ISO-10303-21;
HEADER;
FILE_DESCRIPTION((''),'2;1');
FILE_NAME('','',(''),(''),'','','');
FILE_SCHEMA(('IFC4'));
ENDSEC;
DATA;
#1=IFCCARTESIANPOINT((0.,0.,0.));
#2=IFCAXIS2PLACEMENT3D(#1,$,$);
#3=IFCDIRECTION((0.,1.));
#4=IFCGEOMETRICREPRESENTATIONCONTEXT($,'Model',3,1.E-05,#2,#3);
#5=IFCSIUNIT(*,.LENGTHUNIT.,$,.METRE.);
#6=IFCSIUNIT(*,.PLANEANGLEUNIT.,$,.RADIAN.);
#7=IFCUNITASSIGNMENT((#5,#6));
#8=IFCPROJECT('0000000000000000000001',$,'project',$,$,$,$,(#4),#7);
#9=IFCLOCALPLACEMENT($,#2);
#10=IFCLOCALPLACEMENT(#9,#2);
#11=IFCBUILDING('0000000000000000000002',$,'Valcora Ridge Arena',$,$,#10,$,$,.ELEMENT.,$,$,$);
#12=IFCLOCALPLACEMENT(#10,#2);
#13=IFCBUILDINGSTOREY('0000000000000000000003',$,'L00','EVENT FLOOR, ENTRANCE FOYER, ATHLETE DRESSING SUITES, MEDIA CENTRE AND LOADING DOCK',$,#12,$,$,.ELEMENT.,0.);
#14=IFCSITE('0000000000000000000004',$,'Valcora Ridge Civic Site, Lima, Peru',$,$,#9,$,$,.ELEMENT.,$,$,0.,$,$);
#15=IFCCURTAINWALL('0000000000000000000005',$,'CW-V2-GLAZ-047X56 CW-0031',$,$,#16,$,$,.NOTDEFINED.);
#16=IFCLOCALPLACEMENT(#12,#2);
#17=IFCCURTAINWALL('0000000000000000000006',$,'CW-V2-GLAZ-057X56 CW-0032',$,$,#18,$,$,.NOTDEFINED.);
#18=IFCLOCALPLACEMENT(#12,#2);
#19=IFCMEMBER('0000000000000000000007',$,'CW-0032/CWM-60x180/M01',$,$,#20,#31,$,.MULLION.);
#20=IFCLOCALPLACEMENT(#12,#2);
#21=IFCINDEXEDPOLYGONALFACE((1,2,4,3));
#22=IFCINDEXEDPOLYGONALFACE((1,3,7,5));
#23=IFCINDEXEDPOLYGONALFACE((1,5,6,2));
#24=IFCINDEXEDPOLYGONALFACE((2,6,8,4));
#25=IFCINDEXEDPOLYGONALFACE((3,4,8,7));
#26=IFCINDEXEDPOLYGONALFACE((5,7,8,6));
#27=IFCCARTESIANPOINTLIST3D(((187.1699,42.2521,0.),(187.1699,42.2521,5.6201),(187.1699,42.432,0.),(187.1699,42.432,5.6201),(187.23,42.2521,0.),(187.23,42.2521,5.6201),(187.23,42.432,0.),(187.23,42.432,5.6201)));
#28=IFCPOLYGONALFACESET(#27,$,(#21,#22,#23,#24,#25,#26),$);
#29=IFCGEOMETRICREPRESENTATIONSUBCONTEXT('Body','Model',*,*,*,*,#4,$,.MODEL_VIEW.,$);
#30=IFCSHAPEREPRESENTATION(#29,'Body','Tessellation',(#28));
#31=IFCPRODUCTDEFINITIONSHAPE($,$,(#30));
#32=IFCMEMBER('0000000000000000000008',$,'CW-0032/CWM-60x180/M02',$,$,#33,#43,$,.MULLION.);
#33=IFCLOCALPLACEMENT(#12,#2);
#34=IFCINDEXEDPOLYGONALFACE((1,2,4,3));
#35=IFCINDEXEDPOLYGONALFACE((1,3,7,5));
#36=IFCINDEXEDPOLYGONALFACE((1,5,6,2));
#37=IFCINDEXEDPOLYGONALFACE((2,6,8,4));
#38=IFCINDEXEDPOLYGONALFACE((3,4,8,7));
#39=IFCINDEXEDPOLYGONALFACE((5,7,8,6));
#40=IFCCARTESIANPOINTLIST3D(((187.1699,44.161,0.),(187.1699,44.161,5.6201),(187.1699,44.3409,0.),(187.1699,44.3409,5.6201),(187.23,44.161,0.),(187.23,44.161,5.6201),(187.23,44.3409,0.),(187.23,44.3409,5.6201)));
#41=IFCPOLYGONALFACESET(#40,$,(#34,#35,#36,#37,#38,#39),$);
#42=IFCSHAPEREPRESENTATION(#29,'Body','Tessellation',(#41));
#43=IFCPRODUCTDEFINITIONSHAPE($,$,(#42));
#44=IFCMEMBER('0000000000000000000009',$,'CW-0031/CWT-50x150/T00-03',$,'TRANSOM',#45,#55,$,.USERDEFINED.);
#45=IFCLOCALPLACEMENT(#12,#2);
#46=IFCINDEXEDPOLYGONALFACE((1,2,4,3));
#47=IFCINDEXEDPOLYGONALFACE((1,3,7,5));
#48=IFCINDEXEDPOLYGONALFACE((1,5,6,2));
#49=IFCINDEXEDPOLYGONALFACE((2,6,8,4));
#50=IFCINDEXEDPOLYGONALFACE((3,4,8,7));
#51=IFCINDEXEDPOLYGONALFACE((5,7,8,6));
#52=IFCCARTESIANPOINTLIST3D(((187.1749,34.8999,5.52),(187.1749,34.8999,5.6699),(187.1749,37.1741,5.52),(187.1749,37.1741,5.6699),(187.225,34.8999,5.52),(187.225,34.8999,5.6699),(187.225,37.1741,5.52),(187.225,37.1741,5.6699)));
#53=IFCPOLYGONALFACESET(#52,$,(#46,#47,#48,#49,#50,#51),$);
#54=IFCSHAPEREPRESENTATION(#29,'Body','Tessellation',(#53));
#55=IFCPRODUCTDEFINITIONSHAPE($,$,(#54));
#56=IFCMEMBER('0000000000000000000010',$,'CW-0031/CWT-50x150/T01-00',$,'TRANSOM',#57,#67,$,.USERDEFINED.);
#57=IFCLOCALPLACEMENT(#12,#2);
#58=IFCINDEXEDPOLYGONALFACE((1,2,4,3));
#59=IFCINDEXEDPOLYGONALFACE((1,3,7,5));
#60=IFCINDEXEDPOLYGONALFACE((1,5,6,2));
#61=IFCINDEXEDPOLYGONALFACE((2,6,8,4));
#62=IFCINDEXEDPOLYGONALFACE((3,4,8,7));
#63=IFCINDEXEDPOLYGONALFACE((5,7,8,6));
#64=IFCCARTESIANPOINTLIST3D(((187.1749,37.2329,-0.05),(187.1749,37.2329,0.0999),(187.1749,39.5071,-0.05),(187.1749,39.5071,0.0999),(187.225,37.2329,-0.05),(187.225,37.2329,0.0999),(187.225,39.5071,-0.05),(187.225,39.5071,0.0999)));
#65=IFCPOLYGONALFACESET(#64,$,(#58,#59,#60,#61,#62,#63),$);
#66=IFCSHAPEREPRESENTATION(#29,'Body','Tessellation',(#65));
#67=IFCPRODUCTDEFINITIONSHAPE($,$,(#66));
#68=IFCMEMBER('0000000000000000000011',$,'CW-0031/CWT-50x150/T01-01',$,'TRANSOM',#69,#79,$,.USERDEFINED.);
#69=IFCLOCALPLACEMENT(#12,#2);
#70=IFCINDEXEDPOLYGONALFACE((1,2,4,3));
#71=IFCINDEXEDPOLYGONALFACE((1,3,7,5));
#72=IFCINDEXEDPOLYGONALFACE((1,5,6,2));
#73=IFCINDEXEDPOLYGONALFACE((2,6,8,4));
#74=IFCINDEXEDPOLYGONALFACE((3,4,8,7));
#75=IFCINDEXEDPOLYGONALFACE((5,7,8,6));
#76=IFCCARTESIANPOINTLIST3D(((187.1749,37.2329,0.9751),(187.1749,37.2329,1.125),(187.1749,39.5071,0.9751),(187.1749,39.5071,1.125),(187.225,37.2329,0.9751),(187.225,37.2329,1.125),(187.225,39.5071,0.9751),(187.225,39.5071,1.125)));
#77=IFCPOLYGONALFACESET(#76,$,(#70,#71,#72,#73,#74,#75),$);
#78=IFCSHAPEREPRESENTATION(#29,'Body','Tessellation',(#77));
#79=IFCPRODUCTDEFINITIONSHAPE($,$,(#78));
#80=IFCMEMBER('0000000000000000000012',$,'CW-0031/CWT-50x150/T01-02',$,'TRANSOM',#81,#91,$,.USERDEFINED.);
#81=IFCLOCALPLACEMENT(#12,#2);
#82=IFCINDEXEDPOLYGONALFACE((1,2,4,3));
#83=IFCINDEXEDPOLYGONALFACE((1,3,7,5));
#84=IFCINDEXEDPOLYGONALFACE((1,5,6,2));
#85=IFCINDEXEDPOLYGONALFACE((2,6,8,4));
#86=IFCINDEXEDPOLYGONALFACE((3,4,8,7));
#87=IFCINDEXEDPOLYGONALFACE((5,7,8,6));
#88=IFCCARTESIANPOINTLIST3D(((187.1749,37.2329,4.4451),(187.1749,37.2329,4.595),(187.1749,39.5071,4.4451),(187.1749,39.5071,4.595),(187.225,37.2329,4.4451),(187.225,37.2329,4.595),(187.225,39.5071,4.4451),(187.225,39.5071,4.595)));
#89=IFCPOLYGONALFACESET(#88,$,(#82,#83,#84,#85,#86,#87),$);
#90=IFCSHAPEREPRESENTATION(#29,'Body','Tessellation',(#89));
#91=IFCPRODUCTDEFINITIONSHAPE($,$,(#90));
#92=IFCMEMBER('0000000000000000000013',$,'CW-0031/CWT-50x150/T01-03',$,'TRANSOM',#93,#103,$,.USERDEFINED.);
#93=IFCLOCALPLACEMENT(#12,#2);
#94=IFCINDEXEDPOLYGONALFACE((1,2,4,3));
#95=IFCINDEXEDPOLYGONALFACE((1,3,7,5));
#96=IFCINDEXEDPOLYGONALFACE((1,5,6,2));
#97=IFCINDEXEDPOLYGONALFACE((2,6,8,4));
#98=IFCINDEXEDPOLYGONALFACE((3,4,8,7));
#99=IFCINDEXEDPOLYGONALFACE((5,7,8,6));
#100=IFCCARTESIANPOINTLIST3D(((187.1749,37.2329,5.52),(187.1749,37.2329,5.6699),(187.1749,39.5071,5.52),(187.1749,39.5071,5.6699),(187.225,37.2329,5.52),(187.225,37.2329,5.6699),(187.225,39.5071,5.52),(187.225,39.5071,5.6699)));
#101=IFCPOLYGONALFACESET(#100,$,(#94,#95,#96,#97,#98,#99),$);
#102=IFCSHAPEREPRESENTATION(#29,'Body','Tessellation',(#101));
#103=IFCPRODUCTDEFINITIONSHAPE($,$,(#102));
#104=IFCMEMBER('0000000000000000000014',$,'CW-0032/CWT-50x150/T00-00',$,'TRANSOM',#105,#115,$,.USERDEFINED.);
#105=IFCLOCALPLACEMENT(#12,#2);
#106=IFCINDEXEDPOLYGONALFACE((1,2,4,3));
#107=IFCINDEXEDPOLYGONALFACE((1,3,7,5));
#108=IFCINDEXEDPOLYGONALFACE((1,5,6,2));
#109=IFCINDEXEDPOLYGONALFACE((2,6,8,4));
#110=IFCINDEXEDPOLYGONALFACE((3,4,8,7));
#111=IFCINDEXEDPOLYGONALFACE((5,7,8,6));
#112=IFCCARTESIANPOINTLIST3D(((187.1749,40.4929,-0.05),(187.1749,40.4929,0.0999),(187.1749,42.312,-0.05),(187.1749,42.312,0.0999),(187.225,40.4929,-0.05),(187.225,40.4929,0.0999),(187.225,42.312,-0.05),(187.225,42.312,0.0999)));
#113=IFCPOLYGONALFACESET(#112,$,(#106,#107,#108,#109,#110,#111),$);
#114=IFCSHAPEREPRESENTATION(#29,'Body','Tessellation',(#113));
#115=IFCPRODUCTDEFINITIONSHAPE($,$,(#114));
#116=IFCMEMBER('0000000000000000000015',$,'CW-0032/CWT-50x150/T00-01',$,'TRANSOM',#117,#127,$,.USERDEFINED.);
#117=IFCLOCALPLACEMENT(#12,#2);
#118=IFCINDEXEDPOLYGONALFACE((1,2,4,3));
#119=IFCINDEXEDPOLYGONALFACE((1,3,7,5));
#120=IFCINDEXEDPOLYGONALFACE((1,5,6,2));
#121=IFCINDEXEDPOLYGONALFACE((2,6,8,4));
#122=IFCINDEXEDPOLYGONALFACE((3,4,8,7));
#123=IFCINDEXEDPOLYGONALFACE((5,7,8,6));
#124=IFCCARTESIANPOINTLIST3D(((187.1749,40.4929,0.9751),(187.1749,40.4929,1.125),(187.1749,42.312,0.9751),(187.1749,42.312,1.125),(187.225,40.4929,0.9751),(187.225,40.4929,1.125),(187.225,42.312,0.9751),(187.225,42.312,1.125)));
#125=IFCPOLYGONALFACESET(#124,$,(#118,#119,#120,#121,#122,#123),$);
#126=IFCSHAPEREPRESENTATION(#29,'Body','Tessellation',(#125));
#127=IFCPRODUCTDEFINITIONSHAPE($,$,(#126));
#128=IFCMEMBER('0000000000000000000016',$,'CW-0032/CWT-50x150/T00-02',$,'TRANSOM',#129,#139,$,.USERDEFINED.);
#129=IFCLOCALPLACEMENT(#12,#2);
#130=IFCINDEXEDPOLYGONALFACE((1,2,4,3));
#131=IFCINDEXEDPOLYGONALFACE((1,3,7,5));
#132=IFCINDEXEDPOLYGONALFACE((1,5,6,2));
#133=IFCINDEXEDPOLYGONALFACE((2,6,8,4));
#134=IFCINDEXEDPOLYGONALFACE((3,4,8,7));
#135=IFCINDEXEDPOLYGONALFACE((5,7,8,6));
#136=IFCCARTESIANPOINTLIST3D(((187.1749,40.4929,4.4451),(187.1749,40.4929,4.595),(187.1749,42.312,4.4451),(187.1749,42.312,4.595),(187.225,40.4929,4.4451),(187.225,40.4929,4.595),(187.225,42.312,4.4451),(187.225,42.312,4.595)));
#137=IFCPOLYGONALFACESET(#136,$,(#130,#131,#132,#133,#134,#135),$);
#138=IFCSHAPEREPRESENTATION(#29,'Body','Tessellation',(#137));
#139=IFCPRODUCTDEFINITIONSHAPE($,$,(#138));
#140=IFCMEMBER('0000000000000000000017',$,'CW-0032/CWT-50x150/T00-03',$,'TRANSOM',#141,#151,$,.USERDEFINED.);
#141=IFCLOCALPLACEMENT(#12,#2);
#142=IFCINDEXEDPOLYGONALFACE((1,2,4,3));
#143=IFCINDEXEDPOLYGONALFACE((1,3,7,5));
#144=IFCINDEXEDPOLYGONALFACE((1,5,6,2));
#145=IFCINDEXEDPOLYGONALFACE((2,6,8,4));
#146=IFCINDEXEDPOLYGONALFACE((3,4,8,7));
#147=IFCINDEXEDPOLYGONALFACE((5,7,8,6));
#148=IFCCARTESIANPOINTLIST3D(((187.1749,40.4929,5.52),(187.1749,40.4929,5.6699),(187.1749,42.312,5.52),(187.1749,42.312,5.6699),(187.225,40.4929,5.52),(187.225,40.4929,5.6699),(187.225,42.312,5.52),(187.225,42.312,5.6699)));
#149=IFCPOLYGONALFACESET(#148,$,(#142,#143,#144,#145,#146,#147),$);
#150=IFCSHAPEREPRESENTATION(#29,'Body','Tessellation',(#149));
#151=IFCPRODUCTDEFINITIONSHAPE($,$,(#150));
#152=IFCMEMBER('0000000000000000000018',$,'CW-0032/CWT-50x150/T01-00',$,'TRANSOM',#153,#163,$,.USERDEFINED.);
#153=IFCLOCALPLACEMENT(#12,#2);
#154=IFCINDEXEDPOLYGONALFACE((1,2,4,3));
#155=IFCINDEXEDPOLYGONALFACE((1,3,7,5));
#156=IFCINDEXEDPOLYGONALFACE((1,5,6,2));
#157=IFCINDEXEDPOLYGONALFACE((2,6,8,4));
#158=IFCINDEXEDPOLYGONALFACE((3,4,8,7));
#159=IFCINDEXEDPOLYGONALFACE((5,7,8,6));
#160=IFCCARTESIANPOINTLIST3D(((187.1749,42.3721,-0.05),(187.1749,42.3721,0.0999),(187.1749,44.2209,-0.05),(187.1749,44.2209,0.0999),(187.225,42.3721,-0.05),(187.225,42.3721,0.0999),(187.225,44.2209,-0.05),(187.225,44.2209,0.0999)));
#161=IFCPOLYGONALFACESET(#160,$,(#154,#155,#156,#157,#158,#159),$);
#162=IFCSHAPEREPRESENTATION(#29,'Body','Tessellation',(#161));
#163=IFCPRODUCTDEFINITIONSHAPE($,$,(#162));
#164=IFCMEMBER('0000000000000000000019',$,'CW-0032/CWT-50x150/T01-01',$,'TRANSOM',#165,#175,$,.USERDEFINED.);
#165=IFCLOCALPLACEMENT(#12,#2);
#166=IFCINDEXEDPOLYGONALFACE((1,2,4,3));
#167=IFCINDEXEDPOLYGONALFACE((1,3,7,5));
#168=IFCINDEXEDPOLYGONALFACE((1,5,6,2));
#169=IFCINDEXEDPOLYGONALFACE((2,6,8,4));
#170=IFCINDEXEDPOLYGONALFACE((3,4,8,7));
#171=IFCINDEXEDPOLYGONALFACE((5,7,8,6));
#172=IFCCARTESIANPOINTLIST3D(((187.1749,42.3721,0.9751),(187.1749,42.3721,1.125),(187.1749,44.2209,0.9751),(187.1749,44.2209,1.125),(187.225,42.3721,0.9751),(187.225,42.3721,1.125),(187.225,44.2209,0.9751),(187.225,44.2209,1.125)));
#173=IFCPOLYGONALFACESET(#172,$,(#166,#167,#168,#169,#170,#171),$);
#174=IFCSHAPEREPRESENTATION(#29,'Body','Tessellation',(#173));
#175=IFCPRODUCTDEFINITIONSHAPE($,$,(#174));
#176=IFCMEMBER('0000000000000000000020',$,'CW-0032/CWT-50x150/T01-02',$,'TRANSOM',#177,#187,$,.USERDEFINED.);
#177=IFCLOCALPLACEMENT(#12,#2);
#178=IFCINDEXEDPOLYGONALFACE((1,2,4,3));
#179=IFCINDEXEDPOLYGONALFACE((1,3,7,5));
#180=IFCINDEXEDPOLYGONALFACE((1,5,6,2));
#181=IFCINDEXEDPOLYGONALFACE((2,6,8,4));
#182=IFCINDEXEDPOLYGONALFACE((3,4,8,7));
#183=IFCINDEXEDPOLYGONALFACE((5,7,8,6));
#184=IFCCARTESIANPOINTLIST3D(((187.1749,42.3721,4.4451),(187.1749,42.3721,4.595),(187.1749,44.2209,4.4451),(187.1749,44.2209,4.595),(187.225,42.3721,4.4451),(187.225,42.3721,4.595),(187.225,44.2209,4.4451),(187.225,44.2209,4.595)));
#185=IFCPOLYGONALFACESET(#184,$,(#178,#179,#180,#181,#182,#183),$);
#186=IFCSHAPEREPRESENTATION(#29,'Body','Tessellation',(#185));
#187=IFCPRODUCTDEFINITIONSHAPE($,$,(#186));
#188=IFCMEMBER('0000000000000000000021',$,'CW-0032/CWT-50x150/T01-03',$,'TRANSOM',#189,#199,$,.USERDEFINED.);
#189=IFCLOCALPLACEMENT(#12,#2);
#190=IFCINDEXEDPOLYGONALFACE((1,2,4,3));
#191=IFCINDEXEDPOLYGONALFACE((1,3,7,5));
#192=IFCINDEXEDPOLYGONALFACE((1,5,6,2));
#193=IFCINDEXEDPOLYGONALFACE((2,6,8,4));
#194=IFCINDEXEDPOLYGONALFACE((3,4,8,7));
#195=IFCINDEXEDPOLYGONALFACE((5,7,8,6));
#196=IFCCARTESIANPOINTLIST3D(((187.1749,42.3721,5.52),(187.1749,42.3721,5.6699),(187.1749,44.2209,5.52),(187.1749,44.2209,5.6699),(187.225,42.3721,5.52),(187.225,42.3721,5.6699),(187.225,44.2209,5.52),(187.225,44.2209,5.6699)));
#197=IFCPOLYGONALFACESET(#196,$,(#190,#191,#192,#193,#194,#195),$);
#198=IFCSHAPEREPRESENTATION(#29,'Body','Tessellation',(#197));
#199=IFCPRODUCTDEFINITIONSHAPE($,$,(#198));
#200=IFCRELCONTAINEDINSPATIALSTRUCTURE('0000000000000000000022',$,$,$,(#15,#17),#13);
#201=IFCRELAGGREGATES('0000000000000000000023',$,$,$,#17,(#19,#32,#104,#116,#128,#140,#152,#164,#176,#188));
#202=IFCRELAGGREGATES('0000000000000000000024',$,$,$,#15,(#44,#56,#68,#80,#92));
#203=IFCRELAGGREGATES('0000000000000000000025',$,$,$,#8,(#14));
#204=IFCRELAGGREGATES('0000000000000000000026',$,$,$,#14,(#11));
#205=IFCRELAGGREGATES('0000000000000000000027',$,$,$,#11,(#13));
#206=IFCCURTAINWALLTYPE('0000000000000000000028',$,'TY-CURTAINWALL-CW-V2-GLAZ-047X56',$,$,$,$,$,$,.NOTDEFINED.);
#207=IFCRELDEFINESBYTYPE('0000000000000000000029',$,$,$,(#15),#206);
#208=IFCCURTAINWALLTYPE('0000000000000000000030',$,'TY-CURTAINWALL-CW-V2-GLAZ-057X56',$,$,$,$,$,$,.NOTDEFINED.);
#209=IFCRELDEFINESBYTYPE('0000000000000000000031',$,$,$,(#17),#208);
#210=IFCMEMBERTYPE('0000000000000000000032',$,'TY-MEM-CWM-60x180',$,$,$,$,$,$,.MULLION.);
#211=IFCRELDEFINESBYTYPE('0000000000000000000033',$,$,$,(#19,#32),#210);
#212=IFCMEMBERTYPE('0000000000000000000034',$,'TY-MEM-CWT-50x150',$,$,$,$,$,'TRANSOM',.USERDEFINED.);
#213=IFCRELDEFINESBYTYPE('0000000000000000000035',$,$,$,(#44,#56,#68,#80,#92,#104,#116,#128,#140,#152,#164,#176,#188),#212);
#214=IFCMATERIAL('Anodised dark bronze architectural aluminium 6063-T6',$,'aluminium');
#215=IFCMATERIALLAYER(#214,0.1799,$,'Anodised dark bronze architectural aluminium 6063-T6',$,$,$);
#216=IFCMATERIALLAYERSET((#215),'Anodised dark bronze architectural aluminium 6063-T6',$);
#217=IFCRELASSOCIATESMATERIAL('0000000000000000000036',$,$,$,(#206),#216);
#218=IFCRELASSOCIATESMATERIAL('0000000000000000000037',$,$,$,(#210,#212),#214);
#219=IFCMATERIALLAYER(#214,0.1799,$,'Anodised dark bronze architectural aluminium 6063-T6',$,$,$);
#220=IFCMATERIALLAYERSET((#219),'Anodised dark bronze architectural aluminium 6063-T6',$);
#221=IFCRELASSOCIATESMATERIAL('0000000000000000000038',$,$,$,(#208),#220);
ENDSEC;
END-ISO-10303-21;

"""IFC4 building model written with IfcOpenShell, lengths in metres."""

from ifc_helpers import new_model, si_unit, direction, frame, origin, origin_2d, place, context, subcontext, project, spatial, rectangle, extrude, material, layer, layer_set, material_profile, profile_set, type_object, element, aggregate, save


model = new_model("IFC4")

# Units and contexts
model_context = context("Model", 3, precision=1e-05, world=origin(), true_north=direction((0.0, 1.0)))
body_context = subcontext(model_context, "Body", "Model", "MODEL_VIEW")
ifc_project = project(units=[si_unit("LENGTHUNIT", "METRE"), si_unit("PLANEANGLEUNIT", "RADIAN")], contexts=[model_context])

# Site, building, storey
site_placement = place(None, origin())
site = spatial("IfcSite", under=ifc_project, at=site_placement, Name="Valcora Ridge Civic Site, Lima, Peru", CompositionType="ELEMENT", RefElevation=0.0)
building_placement = place(site_placement, origin())
building = spatial("IfcBuilding", under=site, at=building_placement, Name="Valcora Ridge Arena", CompositionType="ELEMENT")
storey_placement = place(building_placement, origin())
storey = spatial("IfcBuildingStorey", under=building, at=storey_placement, Name="L00", Description="EVENT FLOOR, ENTRANCE FOYER, ATHLETE DRESSING SUITES, MEDIA CENTRE AND LOADING DOCK", CompositionType="ELEMENT", Elevation=0.0)

# Curtain walls, members
ifc_material_1 = material(Name="Anodised dark bronze architectural aluminium 6063-T6", Category="aluminium")
ifc_layer_1 = layer(ifc_material_1, 0.1799, Name="Anodised dark bronze architectural aluminium 6063-T6")
ifc_layer_set_1 = layer_set([ifc_layer_1], Name="Anodised dark bronze architectural aluminium 6063-T6")
curtain_wall_type_1 = type_object("IfcCurtainWallType", Name="TY-CURTAINWALL-CW-V2-GLAZ-047X56", PredefinedType="NOTDEFINED", material=ifc_layer_set_1)
curtain_wall_1_placement = place(storey_placement, origin())
curtain_wall_1 = element("IfcCurtainWall", 1, at=curtain_wall_1_placement, inside=storey, type_object=curtain_wall_type_1, Name="CW-V2-GLAZ-047X56 CW-0031", PredefinedType="NOTDEFINED")
ifc_material_profile_1 = material_profile(ifc_material_1, rectangle(XDim=0.0601, YDim=0.1799, at=origin_2d()), Name="ALU MULLION 60x180")
ifc_profile_set_1 = profile_set([ifc_material_profile_1], Name="Anodised dark bronze architectural aluminium 6063-T6")
member_type_1 = type_object("IfcMemberType", Name="TY-MEM-CWM-60x180", PredefinedType="MULLION", material=ifc_profile_set_1)
ifc_layer_2 = layer(ifc_material_1, 0.1799, Name="Anodised dark bronze architectural aluminium 6063-T6")
ifc_layer_set_2 = layer_set([ifc_layer_2], Name="Anodised dark bronze architectural aluminium 6063-T6")
curtain_wall_type_2 = type_object("IfcCurtainWallType", Name="TY-CURTAINWALL-CW-V2-GLAZ-057X56", PredefinedType="NOTDEFINED", material=ifc_layer_set_2)
curtain_wall_2_placement = place(storey_placement, origin())
curtain_wall_2 = element("IfcCurtainWall", 2, at=curtain_wall_2_placement, inside=storey, type_object=curtain_wall_type_2, Name="CW-V2-GLAZ-057X56 CW-0032", PredefinedType="NOTDEFINED")
member_1_placement = place(storey_placement, frame((187.2, 42.342, 0.0), z_axis=(0.0, 0.0, 1.0), x_axis=(-1.0, 0.0, 0.0)))
member_1 = element("IfcMember", 3, at=member_1_placement, type_object=member_type_1, Name="CW-0032/CWM-60x180/M01", PredefinedType="MULLION", context=body_context, shape_type="SweptSolid", body=[
    extrude(rectangle(XDim=0.0601, YDim=0.1799, at=origin_2d()), origin(), (0.0, 0.0, 1.0), 5.6201),
])
member_2_placement = place(storey_placement, frame((187.2, 44.251, 0.0), z_axis=(0.0, 0.0, 1.0), x_axis=(-1.0, 0.0, 0.0)))
member_2 = element("IfcMember", 4, at=member_2_placement, type_object=member_type_1, Name="CW-0032/CWM-60x180/M02", PredefinedType="MULLION", context=body_context, shape_type="SweptSolid", body=[
    extrude(rectangle(XDim=0.0601, YDim=0.1799, at=origin_2d()), origin(), (0.0, 0.0, 1.0), 5.6201),
])

# Members
ifc_material_profile_2 = material_profile(ifc_material_1, rectangle(XDim=0.05, YDim=0.1499, at=origin_2d()), Name="ALU TRANSOM 50x150")
ifc_profile_set_2 = profile_set([ifc_material_profile_2], Name="Anodised dark bronze architectural aluminium 6063-T6")
member_type_2 = type_object("IfcMemberType", Name="TY-MEM-CWT-50x150", ElementType="TRANSOM", PredefinedType="USERDEFINED", material=ifc_profile_set_2)
member_3_placement = place(storey_placement, frame((187.2, 34.8999, 5.595), z_axis=(0.0, 1.0, 0.0), x_axis=(-1.0, 0.0, 0.0)))
member_3 = element("IfcMember", 5, at=member_3_placement, type_object=member_type_2, Name="CW-0031/CWT-50x150/T00-03", ObjectType="TRANSOM", PredefinedType="USERDEFINED", context=body_context, shape_type="SweptSolid", body=[
    extrude(rectangle(XDim=0.05, YDim=0.1499, at=origin_2d()), origin(), (0.0, 0.0, 1.0), 2.2742),
])
member_4_placement = place(storey_placement, frame((187.2, 37.2329, 0.0249), z_axis=(0.0, 1.0, 0.0), x_axis=(-1.0, 0.0, 0.0)))
member_4 = element("IfcMember", 6, at=member_4_placement, type_object=member_type_2, Name="CW-0031/CWT-50x150/T01-00", ObjectType="TRANSOM", PredefinedType="USERDEFINED", context=body_context, shape_type="SweptSolid", body=[
    extrude(rectangle(XDim=0.05, YDim=0.1499, at=origin_2d()), origin(), (0.0, 0.0, 1.0), 2.2742),
])
member_5_placement = place(storey_placement, frame((187.2, 37.2329, 1.05), z_axis=(0.0, 1.0, 0.0), x_axis=(-1.0, 0.0, 0.0)))
member_5 = element("IfcMember", 7, at=member_5_placement, type_object=member_type_2, Name="CW-0031/CWT-50x150/T01-01", ObjectType="TRANSOM", PredefinedType="USERDEFINED", context=body_context, shape_type="SweptSolid", body=[
    extrude(rectangle(XDim=0.05, YDim=0.1499, at=origin_2d()), origin(), (0.0, 0.0, 1.0), 2.2742),
])
member_6_placement = place(storey_placement, frame((187.2, 37.2329, 4.52), z_axis=(0.0, 1.0, 0.0), x_axis=(-1.0, 0.0, 0.0)))
member_6 = element("IfcMember", 8, at=member_6_placement, type_object=member_type_2, Name="CW-0031/CWT-50x150/T01-02", ObjectType="TRANSOM", PredefinedType="USERDEFINED", context=body_context, shape_type="SweptSolid", body=[
    extrude(rectangle(XDim=0.05, YDim=0.1499, at=origin_2d()), origin(), (0.0, 0.0, 1.0), 2.2742),
])
member_7_placement = place(storey_placement, frame((187.2, 37.2329, 5.595), z_axis=(0.0, 1.0, 0.0), x_axis=(-1.0, 0.0, 0.0)))
member_7 = element("IfcMember", 9, at=member_7_placement, type_object=member_type_2, Name="CW-0031/CWT-50x150/T01-03", ObjectType="TRANSOM", PredefinedType="USERDEFINED", context=body_context, shape_type="SweptSolid", body=[
    extrude(rectangle(XDim=0.05, YDim=0.1499, at=origin_2d()), origin(), (0.0, 0.0, 1.0), 2.2742),
])
member_8_placement = place(storey_placement, frame((187.2, 40.4929, 0.0249), z_axis=(0.0, 1.0, 0.0), x_axis=(-1.0, 0.0, 0.0)))
member_8 = element("IfcMember", 10, at=member_8_placement, type_object=member_type_2, Name="CW-0032/CWT-50x150/T00-00", ObjectType="TRANSOM", PredefinedType="USERDEFINED", context=body_context, shape_type="SweptSolid", body=[
    extrude(rectangle(XDim=0.05, YDim=0.1499, at=origin_2d()), origin(), (0.0, 0.0, 1.0), 1.8191),
])
member_9_placement = place(storey_placement, frame((187.2, 40.4929, 1.05), z_axis=(0.0, 1.0, 0.0), x_axis=(-1.0, 0.0, 0.0)))
member_9 = element("IfcMember", 11, at=member_9_placement, type_object=member_type_2, Name="CW-0032/CWT-50x150/T00-01", ObjectType="TRANSOM", PredefinedType="USERDEFINED", context=body_context, shape_type="SweptSolid", body=[
    extrude(rectangle(XDim=0.05, YDim=0.1499, at=origin_2d()), origin(), (0.0, 0.0, 1.0), 1.8191),
])
member_10_placement = place(storey_placement, frame((187.2, 40.4929, 4.52), z_axis=(0.0, 1.0, 0.0), x_axis=(-1.0, 0.0, 0.0)))
member_10 = element("IfcMember", 12, at=member_10_placement, type_object=member_type_2, Name="CW-0032/CWT-50x150/T00-02", ObjectType="TRANSOM", PredefinedType="USERDEFINED", context=body_context, shape_type="SweptSolid", body=[
    extrude(rectangle(XDim=0.05, YDim=0.1499, at=origin_2d()), origin(), (0.0, 0.0, 1.0), 1.8191),
])
member_11_placement = place(storey_placement, frame((187.2, 40.4929, 5.595), z_axis=(0.0, 1.0, 0.0), x_axis=(-1.0, 0.0, 0.0)))
member_11 = element("IfcMember", 13, at=member_11_placement, type_object=member_type_2, Name="CW-0032/CWT-50x150/T00-03", ObjectType="TRANSOM", PredefinedType="USERDEFINED", context=body_context, shape_type="SweptSolid", body=[
    extrude(rectangle(XDim=0.05, YDim=0.1499, at=origin_2d()), origin(), (0.0, 0.0, 1.0), 1.8191),
])
member_12_placement = place(storey_placement, frame((187.2, 42.3721, 0.0249), z_axis=(0.0, 1.0, 0.0), x_axis=(-1.0, 0.0, 0.0)))
member_12 = element("IfcMember", 14, at=member_12_placement, type_object=member_type_2, Name="CW-0032/CWT-50x150/T01-00", ObjectType="TRANSOM", PredefinedType="USERDEFINED", context=body_context, shape_type="SweptSolid", body=[
    extrude(rectangle(XDim=0.05, YDim=0.1499, at=origin_2d()), origin(), (0.0, 0.0, 1.0), 1.8489),
])
member_13_placement = place(storey_placement, frame((187.2, 42.3721, 1.05), z_axis=(0.0, 1.0, 0.0), x_axis=(-1.0, 0.0, 0.0)))
member_13 = element("IfcMember", 15, at=member_13_placement, type_object=member_type_2, Name="CW-0032/CWT-50x150/T01-01", ObjectType="TRANSOM", PredefinedType="USERDEFINED", context=body_context, shape_type="SweptSolid", body=[
    extrude(rectangle(XDim=0.05, YDim=0.1499, at=origin_2d()), origin(), (0.0, 0.0, 1.0), 1.8489),
])
member_14_placement = place(storey_placement, frame((187.2, 42.3721, 4.52), z_axis=(0.0, 1.0, 0.0), x_axis=(-1.0, 0.0, 0.0)))
member_14 = element("IfcMember", 16, at=member_14_placement, type_object=member_type_2, Name="CW-0032/CWT-50x150/T01-02", ObjectType="TRANSOM", PredefinedType="USERDEFINED", context=body_context, shape_type="SweptSolid", body=[
    extrude(rectangle(XDim=0.05, YDim=0.1499, at=origin_2d()), origin(), (0.0, 0.0, 1.0), 1.8489),
])
member_15_placement = place(storey_placement, frame((187.2, 42.3721, 5.595), z_axis=(0.0, 1.0, 0.0), x_axis=(-1.0, 0.0, 0.0)))
member_15 = element("IfcMember", 17, at=member_15_placement, type_object=member_type_2, Name="CW-0032/CWT-50x150/T01-03", ObjectType="TRANSOM", PredefinedType="USERDEFINED", context=body_context, shape_type="SweptSolid", body=[
    extrude(rectangle(XDim=0.05, YDim=0.1499, at=origin_2d()), origin(), (0.0, 0.0, 1.0), 1.8489),
])

aggregate(curtain_wall_2, [member_1, member_2, member_8, member_9, member_10, member_11, member_12, member_13, member_14, member_15])
aggregate(curtain_wall_1, [member_3, member_4, member_5, member_6, member_7])

save(model, "model.ifc")
